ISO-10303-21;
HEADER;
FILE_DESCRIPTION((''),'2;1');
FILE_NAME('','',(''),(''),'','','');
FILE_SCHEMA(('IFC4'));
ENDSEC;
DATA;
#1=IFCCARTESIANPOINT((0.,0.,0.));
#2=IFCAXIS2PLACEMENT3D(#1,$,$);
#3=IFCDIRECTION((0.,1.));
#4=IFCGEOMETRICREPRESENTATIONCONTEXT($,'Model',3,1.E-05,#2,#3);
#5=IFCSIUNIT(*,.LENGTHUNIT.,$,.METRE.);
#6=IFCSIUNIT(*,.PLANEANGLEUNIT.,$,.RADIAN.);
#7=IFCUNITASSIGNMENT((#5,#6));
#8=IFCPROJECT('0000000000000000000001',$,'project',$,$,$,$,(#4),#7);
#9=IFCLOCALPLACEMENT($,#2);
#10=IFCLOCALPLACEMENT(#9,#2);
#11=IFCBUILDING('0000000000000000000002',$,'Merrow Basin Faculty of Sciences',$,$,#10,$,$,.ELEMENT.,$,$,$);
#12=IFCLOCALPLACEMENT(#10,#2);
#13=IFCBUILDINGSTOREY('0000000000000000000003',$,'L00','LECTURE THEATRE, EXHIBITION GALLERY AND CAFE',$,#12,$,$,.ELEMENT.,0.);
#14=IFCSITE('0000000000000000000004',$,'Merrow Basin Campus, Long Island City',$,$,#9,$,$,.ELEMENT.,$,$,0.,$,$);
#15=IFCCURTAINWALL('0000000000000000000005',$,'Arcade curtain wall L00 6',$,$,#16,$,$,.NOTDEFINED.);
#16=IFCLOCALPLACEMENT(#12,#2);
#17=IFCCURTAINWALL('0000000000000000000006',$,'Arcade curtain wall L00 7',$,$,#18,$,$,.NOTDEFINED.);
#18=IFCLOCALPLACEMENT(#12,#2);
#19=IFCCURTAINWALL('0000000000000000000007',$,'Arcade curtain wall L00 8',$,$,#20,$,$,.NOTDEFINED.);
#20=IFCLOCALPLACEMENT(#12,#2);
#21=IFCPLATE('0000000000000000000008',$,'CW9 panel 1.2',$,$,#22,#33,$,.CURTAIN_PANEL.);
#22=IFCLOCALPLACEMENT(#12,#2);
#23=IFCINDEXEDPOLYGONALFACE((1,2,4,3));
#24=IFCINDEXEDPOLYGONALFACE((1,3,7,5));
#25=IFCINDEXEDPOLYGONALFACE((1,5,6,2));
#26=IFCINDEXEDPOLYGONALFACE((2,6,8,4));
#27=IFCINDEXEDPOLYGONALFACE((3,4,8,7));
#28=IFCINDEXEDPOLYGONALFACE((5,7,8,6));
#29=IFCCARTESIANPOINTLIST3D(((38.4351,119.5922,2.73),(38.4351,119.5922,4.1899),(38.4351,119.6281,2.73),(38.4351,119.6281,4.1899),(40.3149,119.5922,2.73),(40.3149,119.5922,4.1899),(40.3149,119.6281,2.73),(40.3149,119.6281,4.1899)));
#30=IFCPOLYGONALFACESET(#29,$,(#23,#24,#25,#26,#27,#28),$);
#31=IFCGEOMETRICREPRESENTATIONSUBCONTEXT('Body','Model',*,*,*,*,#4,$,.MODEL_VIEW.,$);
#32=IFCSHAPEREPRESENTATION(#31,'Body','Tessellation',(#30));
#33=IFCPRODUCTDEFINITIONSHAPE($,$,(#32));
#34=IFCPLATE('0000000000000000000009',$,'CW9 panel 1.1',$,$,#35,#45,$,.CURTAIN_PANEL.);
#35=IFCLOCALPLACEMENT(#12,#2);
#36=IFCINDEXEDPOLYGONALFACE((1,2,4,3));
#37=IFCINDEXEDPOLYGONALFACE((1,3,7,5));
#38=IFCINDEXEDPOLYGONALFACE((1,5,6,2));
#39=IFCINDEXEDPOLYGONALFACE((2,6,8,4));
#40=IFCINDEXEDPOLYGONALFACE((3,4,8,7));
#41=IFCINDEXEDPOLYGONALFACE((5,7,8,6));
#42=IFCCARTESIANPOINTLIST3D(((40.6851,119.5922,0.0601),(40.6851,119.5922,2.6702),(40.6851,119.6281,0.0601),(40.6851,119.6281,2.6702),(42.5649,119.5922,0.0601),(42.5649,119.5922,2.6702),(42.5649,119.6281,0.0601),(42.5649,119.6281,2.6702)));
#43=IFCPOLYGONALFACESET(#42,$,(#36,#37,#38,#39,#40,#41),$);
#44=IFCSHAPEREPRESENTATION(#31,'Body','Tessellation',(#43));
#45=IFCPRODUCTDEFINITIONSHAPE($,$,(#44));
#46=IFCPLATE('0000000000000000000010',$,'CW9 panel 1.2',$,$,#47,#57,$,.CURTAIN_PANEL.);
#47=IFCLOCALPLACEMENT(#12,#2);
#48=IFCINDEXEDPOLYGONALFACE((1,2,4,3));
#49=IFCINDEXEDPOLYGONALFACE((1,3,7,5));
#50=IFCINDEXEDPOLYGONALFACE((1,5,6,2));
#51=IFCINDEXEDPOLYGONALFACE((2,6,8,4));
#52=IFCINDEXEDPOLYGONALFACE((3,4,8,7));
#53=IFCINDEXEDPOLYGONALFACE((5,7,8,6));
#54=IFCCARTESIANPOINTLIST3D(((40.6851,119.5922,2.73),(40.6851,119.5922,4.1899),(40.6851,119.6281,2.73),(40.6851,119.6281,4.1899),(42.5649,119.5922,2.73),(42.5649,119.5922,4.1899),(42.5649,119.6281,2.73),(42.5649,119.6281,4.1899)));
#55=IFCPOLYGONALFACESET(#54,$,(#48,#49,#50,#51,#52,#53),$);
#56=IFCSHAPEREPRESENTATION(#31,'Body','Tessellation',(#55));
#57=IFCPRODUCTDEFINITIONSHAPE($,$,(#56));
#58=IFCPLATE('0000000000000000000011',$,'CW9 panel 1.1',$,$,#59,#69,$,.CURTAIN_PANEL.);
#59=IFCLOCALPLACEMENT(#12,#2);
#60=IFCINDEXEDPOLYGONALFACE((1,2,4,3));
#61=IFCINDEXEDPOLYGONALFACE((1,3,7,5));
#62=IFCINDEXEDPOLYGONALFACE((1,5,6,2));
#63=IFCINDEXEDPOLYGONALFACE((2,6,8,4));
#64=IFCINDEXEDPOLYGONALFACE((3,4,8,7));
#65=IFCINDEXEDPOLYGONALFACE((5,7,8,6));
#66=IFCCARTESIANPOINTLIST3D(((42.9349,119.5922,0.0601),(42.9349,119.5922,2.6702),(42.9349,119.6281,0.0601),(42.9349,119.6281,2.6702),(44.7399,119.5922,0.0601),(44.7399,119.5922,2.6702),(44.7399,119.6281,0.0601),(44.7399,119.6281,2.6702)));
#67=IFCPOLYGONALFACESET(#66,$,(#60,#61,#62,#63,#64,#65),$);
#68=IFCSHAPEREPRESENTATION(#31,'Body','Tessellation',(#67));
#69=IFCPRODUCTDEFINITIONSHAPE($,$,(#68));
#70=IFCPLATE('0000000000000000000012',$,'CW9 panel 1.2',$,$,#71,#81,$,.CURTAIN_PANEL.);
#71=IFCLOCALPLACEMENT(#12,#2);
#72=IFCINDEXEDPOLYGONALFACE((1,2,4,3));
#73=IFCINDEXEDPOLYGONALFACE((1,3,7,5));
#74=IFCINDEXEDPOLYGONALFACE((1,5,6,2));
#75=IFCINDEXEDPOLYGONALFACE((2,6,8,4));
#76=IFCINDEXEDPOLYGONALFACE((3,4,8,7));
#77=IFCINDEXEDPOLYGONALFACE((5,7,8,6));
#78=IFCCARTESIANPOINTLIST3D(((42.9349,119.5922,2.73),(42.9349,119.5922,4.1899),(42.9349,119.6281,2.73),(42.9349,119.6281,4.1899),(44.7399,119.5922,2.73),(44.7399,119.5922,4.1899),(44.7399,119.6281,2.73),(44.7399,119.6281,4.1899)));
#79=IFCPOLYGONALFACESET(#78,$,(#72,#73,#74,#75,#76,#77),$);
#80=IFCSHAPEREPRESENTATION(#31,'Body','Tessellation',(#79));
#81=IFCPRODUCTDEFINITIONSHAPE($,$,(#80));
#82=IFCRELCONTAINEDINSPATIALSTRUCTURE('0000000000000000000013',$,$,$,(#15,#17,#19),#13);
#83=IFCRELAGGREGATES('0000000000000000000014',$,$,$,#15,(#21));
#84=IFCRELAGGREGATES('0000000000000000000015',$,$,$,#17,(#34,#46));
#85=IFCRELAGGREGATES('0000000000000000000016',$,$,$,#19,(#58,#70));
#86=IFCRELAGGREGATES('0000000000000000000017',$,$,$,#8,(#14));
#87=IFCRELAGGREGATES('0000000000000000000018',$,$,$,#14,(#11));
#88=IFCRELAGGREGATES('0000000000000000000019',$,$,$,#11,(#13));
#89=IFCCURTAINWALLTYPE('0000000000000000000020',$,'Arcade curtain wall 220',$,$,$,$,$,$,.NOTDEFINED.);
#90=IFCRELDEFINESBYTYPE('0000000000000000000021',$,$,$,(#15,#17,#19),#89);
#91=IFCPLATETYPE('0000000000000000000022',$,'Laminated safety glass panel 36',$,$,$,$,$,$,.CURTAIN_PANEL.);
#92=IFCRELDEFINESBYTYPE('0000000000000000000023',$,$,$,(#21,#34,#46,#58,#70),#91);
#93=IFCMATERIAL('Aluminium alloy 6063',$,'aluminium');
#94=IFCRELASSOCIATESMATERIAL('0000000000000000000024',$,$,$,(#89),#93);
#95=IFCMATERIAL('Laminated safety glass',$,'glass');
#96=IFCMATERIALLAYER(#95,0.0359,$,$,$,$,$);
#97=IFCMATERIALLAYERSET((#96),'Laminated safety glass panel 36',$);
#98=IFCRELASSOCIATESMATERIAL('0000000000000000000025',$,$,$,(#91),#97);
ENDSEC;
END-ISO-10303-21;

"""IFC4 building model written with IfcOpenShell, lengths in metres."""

from ifc_helpers import new_model, si_unit, direction, frame, origin, origin_2d, place, context, subcontext, project, spatial, rectangle, extrude, material, layer, layer_set, type_object, element, aggregate, save


model = new_model("IFC4")

# Units and contexts
model_context = context("Model", 3, precision=1e-05, world=origin(), true_north=direction((0.0, 1.0)))
body_context = subcontext(model_context, "Body", "Model", "MODEL_VIEW")
ifc_project = project(units=[si_unit("LENGTHUNIT", "METRE"), si_unit("PLANEANGLEUNIT", "RADIAN")], contexts=[model_context])

# Site, building, storey
site_placement = place(None, origin())
site = spatial("IfcSite", under=ifc_project, at=site_placement, Name="Merrow Basin Campus, Long Island City", CompositionType="ELEMENT", RefElevation=0.0)
building_placement = place(site_placement, origin())
building = spatial("IfcBuilding", under=site, at=building_placement, Name="Merrow Basin Faculty of Sciences", CompositionType="ELEMENT")
storey_placement = place(building_placement, origin())
storey = spatial("IfcBuildingStorey", under=building, at=storey_placement, Name="L00", Description="LECTURE THEATRE, EXHIBITION GALLERY AND CAFE", CompositionType="ELEMENT", Elevation=0.0)

# Shared definitions
ifc_material_1 = material(Name="Aluminium alloy 6063", Category="aluminium")
curtain_wall_type = type_object("IfcCurtainWallType", Name="Arcade curtain wall 220", PredefinedType="NOTDEFINED", material=ifc_material_1)

# Curtain walls
curtain_wall_1_placement = place(storey_placement, origin())
curtain_wall_1 = element("IfcCurtainWall", 1, at=curtain_wall_1_placement, inside=storey, type_object=curtain_wall_type, Name="Arcade curtain wall L00 6", PredefinedType="NOTDEFINED")
curtain_wall_2_placement = place(storey_placement, origin())
curtain_wall_2 = element("IfcCurtainWall", 2, at=curtain_wall_2_placement, inside=storey, type_object=curtain_wall_type, Name="Arcade curtain wall L00 7", PredefinedType="NOTDEFINED")
curtain_wall_3_placement = place(storey_placement, origin())
curtain_wall_3 = element("IfcCurtainWall", 3, at=curtain_wall_3_placement, inside=storey, type_object=curtain_wall_type, Name="Arcade curtain wall L00 8", PredefinedType="NOTDEFINED")

# Plates
ifc_material_2 = material(Name="Laminated safety glass", Category="glass")
ifc_layer = layer(ifc_material_2, 0.0359)
ifc_layer_set = layer_set([ifc_layer], Name="Laminated safety glass panel 36")
plate_type = type_object("IfcPlateType", Name="Laminated safety glass panel 36", PredefinedType="CURTAIN_PANEL", material=ifc_layer_set)
plate_1_placement = place(storey_placement, frame((39.375, 119.6101, 2.73), z_axis=(0.0, 0.0, 1.0), x_axis=(1.0, 0.0, 0.0)))
plate_1 = element("IfcPlate", 4, at=plate_1_placement, type_object=plate_type, Name="CW9 panel 1.2", PredefinedType="CURTAIN_PANEL", context=body_context, shape_type="SweptSolid", body=[
    extrude(rectangle(XDim=1.8799, YDim=0.0359, at=origin_2d()), origin(), (0.0, 0.0, 1.0), 1.46),
])
aggregate(curtain_wall_1, [plate_1])
plate_2_placement = place(storey_placement, frame((41.625, 119.6101, 0.0601), z_axis=(0.0, 0.0, 1.0), x_axis=(1.0, 0.0, 0.0)))
plate_2 = element("IfcPlate", 5, at=plate_2_placement, type_object=plate_type, Name="CW9 panel 1.1", PredefinedType="CURTAIN_PANEL", context=body_context, shape_type="SweptSolid", body=[
    extrude(rectangle(XDim=1.8799, YDim=0.0359, at=origin_2d()), origin(), (0.0, 0.0, 1.0), 2.6101),
])
plate_3_placement = place(storey_placement, frame((41.625, 119.6101, 2.73), z_axis=(0.0, 0.0, 1.0), x_axis=(1.0, 0.0, 0.0)))
plate_3 = element("IfcPlate", 6, at=plate_3_placement, type_object=plate_type, Name="CW9 panel 1.2", PredefinedType="CURTAIN_PANEL", context=body_context, shape_type="SweptSolid", body=[
    extrude(rectangle(XDim=1.8799, YDim=0.0359, at=origin_2d()), origin(), (0.0, 0.0, 1.0), 1.46),
])
aggregate(curtain_wall_2, [plate_2, plate_3])
plate_4_placement = place(storey_placement, frame((43.8374, 119.6101, 0.0601), z_axis=(0.0, 0.0, 1.0), x_axis=(1.0, 0.0, 0.0)))
plate_4 = element("IfcPlate", 7, at=plate_4_placement, type_object=plate_type, Name="CW9 panel 1.1", PredefinedType="CURTAIN_PANEL", context=body_context, shape_type="SweptSolid", body=[
    extrude(rectangle(XDim=1.8049, YDim=0.0359, at=origin_2d()), origin(), (0.0, 0.0, 1.0), 2.6101),
])
plate_5_placement = place(storey_placement, frame((43.8374, 119.6101, 2.73), z_axis=(0.0, 0.0, 1.0), x_axis=(1.0, 0.0, 0.0)))
plate_5 = element("IfcPlate", 8, at=plate_5_placement, type_object=plate_type, Name="CW9 panel 1.2", PredefinedType="CURTAIN_PANEL", context=body_context, shape_type="SweptSolid", body=[
    extrude(rectangle(XDim=1.8049, YDim=0.0359, at=origin_2d()), origin(), (0.0, 0.0, 1.0), 1.46),
])
aggregate(curtain_wall_3, [plate_4, plate_5])

save(model, "model.ifc")
